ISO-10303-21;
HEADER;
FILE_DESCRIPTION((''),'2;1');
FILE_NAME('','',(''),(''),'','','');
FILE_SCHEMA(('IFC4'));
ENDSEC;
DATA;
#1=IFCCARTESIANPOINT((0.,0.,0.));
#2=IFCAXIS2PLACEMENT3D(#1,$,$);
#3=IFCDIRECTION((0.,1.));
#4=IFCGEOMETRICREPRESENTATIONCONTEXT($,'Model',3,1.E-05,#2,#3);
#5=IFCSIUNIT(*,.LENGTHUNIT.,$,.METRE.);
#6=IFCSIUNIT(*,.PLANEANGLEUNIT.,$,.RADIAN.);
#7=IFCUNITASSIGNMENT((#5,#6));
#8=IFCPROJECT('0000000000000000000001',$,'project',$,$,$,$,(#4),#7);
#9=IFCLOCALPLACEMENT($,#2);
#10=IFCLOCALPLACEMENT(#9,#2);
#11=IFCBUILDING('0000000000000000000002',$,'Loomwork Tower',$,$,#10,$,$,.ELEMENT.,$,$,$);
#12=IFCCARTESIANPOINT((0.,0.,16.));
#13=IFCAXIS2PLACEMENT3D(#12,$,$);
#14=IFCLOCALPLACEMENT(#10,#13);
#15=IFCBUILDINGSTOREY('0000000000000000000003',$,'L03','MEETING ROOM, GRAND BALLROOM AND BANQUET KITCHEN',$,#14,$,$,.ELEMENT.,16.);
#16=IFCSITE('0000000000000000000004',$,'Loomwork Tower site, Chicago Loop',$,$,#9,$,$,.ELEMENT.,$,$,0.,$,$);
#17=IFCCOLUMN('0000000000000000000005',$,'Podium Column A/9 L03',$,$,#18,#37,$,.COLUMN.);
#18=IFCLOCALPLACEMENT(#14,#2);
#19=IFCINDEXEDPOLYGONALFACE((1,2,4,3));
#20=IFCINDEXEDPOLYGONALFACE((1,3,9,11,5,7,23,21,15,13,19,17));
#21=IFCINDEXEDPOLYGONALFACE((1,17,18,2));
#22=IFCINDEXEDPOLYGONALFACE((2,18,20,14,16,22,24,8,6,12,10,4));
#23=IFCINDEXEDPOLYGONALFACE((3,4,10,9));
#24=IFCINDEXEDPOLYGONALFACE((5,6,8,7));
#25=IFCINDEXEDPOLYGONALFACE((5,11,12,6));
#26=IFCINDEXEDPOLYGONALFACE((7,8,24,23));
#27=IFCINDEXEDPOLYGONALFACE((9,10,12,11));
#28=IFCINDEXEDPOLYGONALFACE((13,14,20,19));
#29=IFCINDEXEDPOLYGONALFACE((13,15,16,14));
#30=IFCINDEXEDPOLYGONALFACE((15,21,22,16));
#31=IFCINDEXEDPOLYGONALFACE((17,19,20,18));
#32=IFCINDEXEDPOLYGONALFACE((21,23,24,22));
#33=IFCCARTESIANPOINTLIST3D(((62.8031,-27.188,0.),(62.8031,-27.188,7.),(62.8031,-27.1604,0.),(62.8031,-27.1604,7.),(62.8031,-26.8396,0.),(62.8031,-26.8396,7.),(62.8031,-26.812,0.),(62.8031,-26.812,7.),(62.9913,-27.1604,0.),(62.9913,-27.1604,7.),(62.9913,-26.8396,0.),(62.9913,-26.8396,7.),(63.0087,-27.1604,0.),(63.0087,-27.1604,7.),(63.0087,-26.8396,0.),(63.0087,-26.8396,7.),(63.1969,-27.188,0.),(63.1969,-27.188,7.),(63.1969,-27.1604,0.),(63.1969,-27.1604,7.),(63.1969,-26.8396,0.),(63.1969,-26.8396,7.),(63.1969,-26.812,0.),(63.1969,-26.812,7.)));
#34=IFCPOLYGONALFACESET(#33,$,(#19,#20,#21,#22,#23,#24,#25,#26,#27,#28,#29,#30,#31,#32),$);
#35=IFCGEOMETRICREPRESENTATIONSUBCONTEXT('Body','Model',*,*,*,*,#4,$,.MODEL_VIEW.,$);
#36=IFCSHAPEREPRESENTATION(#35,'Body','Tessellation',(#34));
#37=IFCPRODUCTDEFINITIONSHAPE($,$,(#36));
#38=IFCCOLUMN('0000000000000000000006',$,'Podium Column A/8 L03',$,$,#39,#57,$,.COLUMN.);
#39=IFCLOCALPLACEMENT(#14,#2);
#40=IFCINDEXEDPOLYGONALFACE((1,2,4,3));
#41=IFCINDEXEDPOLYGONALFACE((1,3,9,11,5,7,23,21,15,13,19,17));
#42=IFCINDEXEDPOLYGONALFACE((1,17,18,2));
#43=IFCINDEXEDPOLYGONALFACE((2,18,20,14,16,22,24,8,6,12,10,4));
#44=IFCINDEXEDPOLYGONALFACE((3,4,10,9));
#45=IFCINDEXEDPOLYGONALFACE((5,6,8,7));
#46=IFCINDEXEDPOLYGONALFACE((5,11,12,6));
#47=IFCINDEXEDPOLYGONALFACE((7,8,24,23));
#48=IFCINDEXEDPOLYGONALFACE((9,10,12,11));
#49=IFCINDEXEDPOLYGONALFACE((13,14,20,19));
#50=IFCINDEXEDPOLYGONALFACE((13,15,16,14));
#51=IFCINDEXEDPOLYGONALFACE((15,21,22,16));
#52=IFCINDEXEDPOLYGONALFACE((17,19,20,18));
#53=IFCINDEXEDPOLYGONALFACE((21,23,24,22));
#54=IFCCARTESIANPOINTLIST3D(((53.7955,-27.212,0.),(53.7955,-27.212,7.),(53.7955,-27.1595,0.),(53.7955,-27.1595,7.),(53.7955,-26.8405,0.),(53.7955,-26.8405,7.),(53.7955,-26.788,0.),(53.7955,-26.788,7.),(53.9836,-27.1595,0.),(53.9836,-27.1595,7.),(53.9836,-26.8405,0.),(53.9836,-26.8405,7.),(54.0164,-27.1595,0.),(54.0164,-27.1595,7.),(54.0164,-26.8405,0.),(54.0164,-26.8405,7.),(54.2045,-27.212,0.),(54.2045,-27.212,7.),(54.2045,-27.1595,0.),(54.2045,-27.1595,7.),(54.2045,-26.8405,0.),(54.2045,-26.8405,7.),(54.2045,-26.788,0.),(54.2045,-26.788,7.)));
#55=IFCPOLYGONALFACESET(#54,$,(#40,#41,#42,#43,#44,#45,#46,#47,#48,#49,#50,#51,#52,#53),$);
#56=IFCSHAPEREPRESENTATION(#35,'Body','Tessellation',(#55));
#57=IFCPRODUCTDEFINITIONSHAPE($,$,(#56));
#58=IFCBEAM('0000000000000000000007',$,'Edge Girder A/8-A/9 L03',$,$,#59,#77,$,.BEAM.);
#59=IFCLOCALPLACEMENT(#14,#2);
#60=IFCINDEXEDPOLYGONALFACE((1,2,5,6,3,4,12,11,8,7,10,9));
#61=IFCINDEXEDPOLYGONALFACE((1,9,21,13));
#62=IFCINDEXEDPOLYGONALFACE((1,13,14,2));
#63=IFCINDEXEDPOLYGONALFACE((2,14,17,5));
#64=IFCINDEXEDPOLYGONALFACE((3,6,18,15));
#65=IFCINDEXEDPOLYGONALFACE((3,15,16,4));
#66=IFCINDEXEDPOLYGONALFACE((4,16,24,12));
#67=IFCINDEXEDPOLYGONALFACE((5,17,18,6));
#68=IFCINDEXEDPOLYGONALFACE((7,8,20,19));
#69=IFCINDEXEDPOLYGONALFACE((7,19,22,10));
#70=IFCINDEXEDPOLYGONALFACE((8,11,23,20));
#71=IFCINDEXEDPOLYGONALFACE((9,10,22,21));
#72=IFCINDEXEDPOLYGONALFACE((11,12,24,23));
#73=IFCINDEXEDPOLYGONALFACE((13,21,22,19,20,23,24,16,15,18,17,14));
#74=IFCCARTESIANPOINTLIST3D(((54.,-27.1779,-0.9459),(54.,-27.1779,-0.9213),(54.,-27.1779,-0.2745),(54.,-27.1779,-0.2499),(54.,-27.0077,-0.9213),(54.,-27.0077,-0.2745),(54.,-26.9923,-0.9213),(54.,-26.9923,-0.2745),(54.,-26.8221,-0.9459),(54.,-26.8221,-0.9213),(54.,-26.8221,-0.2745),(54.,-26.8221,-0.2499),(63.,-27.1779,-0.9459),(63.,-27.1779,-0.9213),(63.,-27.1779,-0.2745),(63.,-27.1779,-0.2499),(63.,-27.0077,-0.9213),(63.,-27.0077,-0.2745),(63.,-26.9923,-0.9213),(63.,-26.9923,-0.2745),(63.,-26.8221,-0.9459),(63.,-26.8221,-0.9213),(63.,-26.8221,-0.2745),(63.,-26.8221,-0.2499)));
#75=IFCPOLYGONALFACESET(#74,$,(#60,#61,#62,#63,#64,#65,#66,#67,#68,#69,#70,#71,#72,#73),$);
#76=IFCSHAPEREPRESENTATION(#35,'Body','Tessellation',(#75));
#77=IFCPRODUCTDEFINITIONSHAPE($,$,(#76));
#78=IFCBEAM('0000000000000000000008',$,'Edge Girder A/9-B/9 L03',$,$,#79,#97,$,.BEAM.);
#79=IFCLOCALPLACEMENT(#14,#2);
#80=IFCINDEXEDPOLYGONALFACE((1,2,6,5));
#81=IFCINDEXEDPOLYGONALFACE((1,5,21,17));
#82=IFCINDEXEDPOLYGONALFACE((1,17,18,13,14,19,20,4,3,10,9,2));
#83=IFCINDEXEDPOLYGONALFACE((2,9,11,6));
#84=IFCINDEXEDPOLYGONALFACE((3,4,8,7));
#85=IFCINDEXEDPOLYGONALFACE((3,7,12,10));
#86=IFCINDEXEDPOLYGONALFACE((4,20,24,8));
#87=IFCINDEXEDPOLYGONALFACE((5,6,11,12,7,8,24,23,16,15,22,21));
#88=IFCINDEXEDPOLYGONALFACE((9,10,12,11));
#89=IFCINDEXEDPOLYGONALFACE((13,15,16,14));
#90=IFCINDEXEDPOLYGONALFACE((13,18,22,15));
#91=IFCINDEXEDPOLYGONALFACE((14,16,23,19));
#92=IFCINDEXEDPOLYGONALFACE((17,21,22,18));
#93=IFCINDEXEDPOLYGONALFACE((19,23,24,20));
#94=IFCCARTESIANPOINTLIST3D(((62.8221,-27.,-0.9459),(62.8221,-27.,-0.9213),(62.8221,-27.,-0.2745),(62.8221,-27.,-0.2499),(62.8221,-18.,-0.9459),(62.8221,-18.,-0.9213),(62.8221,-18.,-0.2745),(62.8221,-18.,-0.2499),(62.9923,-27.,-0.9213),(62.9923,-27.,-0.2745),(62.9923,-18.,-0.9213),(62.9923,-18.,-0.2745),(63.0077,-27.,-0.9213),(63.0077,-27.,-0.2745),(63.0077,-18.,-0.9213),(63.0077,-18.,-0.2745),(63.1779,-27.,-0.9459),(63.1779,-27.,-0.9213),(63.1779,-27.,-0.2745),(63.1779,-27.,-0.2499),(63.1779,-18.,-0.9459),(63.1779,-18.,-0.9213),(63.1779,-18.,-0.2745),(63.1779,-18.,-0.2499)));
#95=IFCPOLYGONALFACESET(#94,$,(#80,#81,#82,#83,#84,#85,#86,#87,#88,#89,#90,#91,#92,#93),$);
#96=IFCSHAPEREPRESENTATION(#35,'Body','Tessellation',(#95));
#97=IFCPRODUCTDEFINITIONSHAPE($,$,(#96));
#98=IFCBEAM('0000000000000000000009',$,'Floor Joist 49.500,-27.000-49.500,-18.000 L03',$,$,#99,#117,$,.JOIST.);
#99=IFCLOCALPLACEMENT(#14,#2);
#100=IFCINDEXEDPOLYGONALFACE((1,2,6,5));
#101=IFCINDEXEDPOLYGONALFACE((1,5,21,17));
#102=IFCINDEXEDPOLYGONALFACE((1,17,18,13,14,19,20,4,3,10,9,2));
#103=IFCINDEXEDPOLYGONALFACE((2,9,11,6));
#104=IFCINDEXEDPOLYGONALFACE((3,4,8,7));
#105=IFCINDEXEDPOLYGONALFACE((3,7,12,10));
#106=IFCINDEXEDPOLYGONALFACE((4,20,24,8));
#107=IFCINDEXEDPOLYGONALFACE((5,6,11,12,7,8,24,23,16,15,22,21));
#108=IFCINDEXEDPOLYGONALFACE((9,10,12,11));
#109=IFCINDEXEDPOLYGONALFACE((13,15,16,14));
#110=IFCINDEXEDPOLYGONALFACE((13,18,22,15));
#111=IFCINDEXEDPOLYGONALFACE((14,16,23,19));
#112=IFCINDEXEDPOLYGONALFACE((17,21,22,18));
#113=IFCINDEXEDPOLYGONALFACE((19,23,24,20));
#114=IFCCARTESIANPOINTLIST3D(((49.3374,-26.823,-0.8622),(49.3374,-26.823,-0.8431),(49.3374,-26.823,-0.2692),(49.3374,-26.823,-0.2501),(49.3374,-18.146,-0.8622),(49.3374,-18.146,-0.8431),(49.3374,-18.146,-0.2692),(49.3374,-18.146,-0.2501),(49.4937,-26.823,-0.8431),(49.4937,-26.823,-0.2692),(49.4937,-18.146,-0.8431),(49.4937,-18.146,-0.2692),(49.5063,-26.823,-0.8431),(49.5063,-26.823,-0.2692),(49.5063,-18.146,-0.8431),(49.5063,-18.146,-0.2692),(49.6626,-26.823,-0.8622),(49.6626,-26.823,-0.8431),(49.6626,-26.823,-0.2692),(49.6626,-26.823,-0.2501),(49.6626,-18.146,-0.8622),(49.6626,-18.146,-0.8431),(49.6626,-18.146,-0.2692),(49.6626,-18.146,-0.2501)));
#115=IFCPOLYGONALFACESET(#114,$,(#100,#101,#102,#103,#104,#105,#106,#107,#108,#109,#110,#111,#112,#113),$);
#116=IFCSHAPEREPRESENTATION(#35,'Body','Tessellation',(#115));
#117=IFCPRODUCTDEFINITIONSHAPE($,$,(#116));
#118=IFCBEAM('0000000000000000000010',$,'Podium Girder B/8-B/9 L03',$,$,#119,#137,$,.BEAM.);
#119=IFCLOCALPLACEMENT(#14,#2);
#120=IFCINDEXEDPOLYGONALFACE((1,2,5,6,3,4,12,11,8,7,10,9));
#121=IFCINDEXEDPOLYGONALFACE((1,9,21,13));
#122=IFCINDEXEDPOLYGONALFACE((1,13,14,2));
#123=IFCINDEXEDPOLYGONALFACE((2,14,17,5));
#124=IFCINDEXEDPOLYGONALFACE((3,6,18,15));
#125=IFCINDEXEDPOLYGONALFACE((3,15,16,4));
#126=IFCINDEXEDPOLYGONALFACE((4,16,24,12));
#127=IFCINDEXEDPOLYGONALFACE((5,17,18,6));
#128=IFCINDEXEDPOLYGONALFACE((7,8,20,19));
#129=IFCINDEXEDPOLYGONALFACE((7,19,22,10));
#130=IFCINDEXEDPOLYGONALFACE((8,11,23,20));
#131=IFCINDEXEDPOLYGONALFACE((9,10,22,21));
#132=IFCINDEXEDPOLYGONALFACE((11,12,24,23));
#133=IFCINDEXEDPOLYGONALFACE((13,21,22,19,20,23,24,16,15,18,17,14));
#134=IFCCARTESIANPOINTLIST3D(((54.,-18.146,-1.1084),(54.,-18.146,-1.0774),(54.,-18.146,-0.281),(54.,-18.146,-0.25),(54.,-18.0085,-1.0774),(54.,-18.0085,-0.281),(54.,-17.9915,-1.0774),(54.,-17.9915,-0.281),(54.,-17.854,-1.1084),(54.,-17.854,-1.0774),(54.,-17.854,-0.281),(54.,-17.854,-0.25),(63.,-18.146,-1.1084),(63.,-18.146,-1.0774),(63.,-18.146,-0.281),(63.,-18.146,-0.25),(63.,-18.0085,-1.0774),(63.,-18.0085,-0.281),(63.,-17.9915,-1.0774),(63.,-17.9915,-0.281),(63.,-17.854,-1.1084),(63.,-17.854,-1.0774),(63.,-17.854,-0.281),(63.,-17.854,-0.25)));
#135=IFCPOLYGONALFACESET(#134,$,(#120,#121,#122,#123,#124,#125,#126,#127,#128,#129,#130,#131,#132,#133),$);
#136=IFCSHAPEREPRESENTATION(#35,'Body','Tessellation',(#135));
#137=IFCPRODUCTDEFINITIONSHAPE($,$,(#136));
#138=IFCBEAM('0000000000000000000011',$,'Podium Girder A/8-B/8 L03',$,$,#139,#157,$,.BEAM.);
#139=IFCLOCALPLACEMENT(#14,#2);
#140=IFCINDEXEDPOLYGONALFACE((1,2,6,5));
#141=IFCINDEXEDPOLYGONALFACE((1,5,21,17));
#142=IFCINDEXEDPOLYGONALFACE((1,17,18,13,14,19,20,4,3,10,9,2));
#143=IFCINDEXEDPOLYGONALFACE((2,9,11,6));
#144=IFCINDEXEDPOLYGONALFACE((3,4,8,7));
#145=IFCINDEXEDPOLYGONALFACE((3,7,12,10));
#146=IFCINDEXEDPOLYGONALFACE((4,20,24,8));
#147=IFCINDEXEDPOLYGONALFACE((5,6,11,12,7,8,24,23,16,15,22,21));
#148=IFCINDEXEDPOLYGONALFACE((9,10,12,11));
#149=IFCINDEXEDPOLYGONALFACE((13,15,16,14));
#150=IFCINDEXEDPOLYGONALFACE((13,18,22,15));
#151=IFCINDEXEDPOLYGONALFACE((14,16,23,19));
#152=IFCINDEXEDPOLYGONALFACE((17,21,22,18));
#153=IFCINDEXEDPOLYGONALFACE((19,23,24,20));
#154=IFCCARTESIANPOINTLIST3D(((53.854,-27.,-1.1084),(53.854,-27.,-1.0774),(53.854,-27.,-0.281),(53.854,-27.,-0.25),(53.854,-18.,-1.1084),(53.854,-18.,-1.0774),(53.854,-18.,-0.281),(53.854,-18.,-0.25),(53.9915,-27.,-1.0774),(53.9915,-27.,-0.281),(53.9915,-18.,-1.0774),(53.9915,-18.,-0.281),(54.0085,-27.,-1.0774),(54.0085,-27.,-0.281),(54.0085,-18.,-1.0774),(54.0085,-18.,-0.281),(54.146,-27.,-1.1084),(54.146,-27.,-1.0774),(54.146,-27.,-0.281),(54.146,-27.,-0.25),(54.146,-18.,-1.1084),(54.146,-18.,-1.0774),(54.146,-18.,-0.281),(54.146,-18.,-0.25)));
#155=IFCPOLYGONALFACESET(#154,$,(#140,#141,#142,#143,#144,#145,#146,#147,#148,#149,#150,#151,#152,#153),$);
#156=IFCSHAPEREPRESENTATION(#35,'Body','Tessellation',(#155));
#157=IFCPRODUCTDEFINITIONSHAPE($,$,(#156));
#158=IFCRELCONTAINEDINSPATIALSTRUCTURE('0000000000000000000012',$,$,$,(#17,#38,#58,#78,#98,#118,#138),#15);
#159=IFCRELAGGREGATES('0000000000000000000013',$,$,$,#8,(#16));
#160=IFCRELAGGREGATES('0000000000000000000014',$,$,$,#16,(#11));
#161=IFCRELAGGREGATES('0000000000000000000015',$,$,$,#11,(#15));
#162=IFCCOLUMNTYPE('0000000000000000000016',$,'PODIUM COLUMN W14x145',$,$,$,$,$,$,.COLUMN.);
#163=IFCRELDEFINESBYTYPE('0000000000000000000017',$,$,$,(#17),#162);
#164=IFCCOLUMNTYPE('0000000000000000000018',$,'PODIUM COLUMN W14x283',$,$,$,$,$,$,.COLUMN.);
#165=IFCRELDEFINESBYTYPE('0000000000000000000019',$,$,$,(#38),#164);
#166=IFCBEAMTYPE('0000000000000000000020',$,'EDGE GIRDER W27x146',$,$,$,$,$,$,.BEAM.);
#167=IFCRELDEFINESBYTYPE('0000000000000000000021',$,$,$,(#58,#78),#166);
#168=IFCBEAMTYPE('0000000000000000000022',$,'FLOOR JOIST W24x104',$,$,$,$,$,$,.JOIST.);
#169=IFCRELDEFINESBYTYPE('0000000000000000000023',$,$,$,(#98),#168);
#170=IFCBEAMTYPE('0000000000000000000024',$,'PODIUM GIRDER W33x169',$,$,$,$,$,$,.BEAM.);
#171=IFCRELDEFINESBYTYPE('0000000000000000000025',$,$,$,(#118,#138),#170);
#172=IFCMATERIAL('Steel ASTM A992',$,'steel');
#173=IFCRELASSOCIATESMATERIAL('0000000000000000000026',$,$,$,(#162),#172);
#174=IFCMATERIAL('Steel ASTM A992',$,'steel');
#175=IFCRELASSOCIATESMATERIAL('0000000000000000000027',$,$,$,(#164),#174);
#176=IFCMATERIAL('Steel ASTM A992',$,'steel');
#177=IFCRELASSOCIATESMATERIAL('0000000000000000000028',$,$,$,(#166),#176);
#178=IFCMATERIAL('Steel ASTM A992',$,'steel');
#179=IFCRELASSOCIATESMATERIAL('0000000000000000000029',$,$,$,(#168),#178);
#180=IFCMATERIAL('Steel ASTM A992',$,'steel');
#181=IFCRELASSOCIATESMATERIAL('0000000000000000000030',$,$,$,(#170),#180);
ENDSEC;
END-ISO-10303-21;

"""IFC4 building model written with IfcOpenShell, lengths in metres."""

from ifc_helpers import new_model, si_unit, direction, frame, origin, origin_2d, place, context, subcontext, project, spatial, i_section, extrude, material, material_profile, profile_set, type_object, element, save


model = new_model("IFC4")

# Units and contexts
model_context = context("Model", 3, precision=1e-05, world=origin(), true_north=direction((0.0, 1.0)))
body_context = subcontext(model_context, "Body", "Model", "MODEL_VIEW")
ifc_project = project(units=[si_unit("LENGTHUNIT", "METRE"), si_unit("PLANEANGLEUNIT", "RADIAN")], contexts=[model_context])

# Site, building, storey
site_placement = place(None, origin())
site = spatial("IfcSite", under=ifc_project, at=site_placement, Name="Loomwork Tower site, Chicago Loop", CompositionType="ELEMENT", RefElevation=0.0)
building_placement = place(site_placement, origin())
building = spatial("IfcBuilding", under=site, at=building_placement, Name="Loomwork Tower", CompositionType="ELEMENT")
storey_placement = place(building_placement, frame((0.0, 0.0, 16.0)))
storey = spatial("IfcBuildingStorey", under=building, at=storey_placement, Name="L03", Description="MEETING ROOM, GRAND BALLROOM AND BANQUET KITCHEN", CompositionType="ELEMENT", Elevation=16.0)

# Columns
ifc_material_1 = material(Name="Steel ASTM A992", Category="steel")
ifc_material_profile_1 = material_profile(ifc_material_1, i_section(OverallWidth=0.3938, OverallDepth=0.376, WebThickness=0.0173, FlangeThickness=0.0276, at=origin_2d()), Name="W14x145")
ifc_profile_set_1 = profile_set([ifc_material_profile_1], Name="Steel ASTM A992")
column_type_1 = type_object("IfcColumnType", Name="PODIUM COLUMN W14x145", PredefinedType="COLUMN", material=ifc_profile_set_1)
column_1_placement = place(storey_placement, frame((63.0, -27.0, 0.0), z_axis=(0.0, 0.0, 1.0), x_axis=(1.0, 0.0, 0.0)))
element("IfcColumn", 1, at=column_1_placement, inside=storey, type_object=column_type_1, Name="Podium Column A/9 L03", PredefinedType="COLUMN", context=body_context, shape_type="SweptSolid", body=[
    extrude(i_section(OverallWidth=0.3938, OverallDepth=0.376, WebThickness=0.0173, FlangeThickness=0.0276, at=origin_2d()), origin(), (0.0, 0.0, 1.0), 7.0),
])
ifc_material_2 = material(Name="Steel ASTM A992", Category="steel")
ifc_material_profile_2 = material_profile(ifc_material_2, i_section(OverallWidth=0.4089, OverallDepth=0.4241, WebThickness=0.0327, FlangeThickness=0.0525, at=origin_2d()), Name="W14x283")
ifc_profile_set_2 = profile_set([ifc_material_profile_2], Name="Steel ASTM A992")
column_type_2 = type_object("IfcColumnType", Name="PODIUM COLUMN W14x283", PredefinedType="COLUMN", material=ifc_profile_set_2)
column_2_placement = place(storey_placement, frame((54.0, -27.0, 0.0), z_axis=(0.0, 0.0, 1.0), x_axis=(1.0, 0.0, 0.0)))
element("IfcColumn", 2, at=column_2_placement, inside=storey, type_object=column_type_2, Name="Podium Column A/8 L03", PredefinedType="COLUMN", context=body_context, shape_type="SweptSolid", body=[
    extrude(i_section(OverallWidth=0.4089, OverallDepth=0.4241, WebThickness=0.0327, FlangeThickness=0.0525, at=origin_2d()), origin(), (0.0, 0.0, 1.0), 7.0),
])

# Beams
ifc_material_3 = material(Name="Steel ASTM A992", Category="steel")
ifc_material_profile_3 = material_profile(ifc_material_3, i_section(OverallWidth=0.3557, OverallDepth=0.696, WebThickness=0.0154, FlangeThickness=0.0247, at=origin_2d()), Name="W27x146")
ifc_profile_set_3 = profile_set([ifc_material_profile_3], Name="Steel ASTM A992")
beam_type_1 = type_object("IfcBeamType", Name="EDGE GIRDER W27x146", PredefinedType="BEAM", material=ifc_profile_set_3)
for number, where, z_axis, x_axis, name in (
    (3, (54.0, -27.0, -0.5979), (1.0, 0.0, 0.0), (0.0, 1.0, 0.0), "Edge Girder A/8-A/9 L03"),
    (4, (63.0, -27.0, -0.5979), (0.0, 1.0, 0.0), (-1.0, 0.0, 0.0), "Edge Girder A/9-B/9 L03"),
):
    element("IfcBeam", number, at=place(storey_placement, frame(where, z_axis=z_axis, x_axis=x_axis)), inside=storey, type_object=beam_type_1, Name=name, PredefinedType="BEAM", context=body_context, shape_type="SweptSolid", body=[
        extrude(i_section(OverallWidth=0.3557, OverallDepth=0.696, WebThickness=0.0154, FlangeThickness=0.0247, at=origin_2d()), origin(), (0.0, 0.0, 1.0), 9.0),
    ])
ifc_material_4 = material(Name="Steel ASTM A992", Category="steel")
ifc_material_profile_4 = material_profile(ifc_material_4, i_section(OverallWidth=0.3252, OverallDepth=0.6121, WebThickness=0.0127, FlangeThickness=0.019, at=origin_2d()), Name="W24x104")
ifc_profile_set_4 = profile_set([ifc_material_profile_4], Name="Steel ASTM A992")
beam_type_2 = type_object("IfcBeamType", Name="FLOOR JOIST W24x104", PredefinedType="JOIST", material=ifc_profile_set_4)
beam_placement = place(storey_placement, frame((49.5, -26.823, -0.5562), z_axis=(0.0, 1.0, 0.0), x_axis=(-1.0, 0.0, 0.0)))
element("IfcBeam", 5, at=beam_placement, inside=storey, type_object=beam_type_2, Name="Floor Joist 49.500,-27.000-49.500,-18.000 L03", PredefinedType="JOIST", context=body_context, shape_type="SweptSolid", body=[
    extrude(i_section(OverallWidth=0.3252, OverallDepth=0.6121, WebThickness=0.0127, FlangeThickness=0.019, at=origin_2d()), origin(), (0.0, 0.0, 1.0), 8.677),
])
ifc_material_5 = material(Name="Steel ASTM A992", Category="steel")
ifc_material_profile_5 = material_profile(ifc_material_5, i_section(OverallWidth=0.292, OverallDepth=0.8584, WebThickness=0.0171, FlangeThickness=0.031, at=origin_2d()), Name="W33x169")
ifc_profile_set_5 = profile_set([ifc_material_profile_5], Name="Steel ASTM A992")
beam_type_3 = type_object("IfcBeamType", Name="PODIUM GIRDER W33x169", PredefinedType="BEAM", material=ifc_profile_set_5)
for number, where, z_axis, x_axis, name in (
    (6, (54.0, -18.0, -0.6792), (1.0, 0.0, 0.0), (0.0, 1.0, 0.0), "Podium Girder B/8-B/9 L03"),
    (7, (54.0, -27.0, -0.6792), (0.0, 1.0, 0.0), (-1.0, 0.0, 0.0), "Podium Girder A/8-B/8 L03"),
):
    element("IfcBeam", number, at=place(storey_placement, frame(where, z_axis=z_axis, x_axis=x_axis)), inside=storey, type_object=beam_type_3, Name=name, PredefinedType="BEAM", context=body_context, shape_type="SweptSolid", body=[
        extrude(i_section(OverallWidth=0.292, OverallDepth=0.8584, WebThickness=0.0171, FlangeThickness=0.031, at=origin_2d()), origin(), (0.0, 0.0, 1.0), 9.0),
    ])

save(model, "model.ifc")
